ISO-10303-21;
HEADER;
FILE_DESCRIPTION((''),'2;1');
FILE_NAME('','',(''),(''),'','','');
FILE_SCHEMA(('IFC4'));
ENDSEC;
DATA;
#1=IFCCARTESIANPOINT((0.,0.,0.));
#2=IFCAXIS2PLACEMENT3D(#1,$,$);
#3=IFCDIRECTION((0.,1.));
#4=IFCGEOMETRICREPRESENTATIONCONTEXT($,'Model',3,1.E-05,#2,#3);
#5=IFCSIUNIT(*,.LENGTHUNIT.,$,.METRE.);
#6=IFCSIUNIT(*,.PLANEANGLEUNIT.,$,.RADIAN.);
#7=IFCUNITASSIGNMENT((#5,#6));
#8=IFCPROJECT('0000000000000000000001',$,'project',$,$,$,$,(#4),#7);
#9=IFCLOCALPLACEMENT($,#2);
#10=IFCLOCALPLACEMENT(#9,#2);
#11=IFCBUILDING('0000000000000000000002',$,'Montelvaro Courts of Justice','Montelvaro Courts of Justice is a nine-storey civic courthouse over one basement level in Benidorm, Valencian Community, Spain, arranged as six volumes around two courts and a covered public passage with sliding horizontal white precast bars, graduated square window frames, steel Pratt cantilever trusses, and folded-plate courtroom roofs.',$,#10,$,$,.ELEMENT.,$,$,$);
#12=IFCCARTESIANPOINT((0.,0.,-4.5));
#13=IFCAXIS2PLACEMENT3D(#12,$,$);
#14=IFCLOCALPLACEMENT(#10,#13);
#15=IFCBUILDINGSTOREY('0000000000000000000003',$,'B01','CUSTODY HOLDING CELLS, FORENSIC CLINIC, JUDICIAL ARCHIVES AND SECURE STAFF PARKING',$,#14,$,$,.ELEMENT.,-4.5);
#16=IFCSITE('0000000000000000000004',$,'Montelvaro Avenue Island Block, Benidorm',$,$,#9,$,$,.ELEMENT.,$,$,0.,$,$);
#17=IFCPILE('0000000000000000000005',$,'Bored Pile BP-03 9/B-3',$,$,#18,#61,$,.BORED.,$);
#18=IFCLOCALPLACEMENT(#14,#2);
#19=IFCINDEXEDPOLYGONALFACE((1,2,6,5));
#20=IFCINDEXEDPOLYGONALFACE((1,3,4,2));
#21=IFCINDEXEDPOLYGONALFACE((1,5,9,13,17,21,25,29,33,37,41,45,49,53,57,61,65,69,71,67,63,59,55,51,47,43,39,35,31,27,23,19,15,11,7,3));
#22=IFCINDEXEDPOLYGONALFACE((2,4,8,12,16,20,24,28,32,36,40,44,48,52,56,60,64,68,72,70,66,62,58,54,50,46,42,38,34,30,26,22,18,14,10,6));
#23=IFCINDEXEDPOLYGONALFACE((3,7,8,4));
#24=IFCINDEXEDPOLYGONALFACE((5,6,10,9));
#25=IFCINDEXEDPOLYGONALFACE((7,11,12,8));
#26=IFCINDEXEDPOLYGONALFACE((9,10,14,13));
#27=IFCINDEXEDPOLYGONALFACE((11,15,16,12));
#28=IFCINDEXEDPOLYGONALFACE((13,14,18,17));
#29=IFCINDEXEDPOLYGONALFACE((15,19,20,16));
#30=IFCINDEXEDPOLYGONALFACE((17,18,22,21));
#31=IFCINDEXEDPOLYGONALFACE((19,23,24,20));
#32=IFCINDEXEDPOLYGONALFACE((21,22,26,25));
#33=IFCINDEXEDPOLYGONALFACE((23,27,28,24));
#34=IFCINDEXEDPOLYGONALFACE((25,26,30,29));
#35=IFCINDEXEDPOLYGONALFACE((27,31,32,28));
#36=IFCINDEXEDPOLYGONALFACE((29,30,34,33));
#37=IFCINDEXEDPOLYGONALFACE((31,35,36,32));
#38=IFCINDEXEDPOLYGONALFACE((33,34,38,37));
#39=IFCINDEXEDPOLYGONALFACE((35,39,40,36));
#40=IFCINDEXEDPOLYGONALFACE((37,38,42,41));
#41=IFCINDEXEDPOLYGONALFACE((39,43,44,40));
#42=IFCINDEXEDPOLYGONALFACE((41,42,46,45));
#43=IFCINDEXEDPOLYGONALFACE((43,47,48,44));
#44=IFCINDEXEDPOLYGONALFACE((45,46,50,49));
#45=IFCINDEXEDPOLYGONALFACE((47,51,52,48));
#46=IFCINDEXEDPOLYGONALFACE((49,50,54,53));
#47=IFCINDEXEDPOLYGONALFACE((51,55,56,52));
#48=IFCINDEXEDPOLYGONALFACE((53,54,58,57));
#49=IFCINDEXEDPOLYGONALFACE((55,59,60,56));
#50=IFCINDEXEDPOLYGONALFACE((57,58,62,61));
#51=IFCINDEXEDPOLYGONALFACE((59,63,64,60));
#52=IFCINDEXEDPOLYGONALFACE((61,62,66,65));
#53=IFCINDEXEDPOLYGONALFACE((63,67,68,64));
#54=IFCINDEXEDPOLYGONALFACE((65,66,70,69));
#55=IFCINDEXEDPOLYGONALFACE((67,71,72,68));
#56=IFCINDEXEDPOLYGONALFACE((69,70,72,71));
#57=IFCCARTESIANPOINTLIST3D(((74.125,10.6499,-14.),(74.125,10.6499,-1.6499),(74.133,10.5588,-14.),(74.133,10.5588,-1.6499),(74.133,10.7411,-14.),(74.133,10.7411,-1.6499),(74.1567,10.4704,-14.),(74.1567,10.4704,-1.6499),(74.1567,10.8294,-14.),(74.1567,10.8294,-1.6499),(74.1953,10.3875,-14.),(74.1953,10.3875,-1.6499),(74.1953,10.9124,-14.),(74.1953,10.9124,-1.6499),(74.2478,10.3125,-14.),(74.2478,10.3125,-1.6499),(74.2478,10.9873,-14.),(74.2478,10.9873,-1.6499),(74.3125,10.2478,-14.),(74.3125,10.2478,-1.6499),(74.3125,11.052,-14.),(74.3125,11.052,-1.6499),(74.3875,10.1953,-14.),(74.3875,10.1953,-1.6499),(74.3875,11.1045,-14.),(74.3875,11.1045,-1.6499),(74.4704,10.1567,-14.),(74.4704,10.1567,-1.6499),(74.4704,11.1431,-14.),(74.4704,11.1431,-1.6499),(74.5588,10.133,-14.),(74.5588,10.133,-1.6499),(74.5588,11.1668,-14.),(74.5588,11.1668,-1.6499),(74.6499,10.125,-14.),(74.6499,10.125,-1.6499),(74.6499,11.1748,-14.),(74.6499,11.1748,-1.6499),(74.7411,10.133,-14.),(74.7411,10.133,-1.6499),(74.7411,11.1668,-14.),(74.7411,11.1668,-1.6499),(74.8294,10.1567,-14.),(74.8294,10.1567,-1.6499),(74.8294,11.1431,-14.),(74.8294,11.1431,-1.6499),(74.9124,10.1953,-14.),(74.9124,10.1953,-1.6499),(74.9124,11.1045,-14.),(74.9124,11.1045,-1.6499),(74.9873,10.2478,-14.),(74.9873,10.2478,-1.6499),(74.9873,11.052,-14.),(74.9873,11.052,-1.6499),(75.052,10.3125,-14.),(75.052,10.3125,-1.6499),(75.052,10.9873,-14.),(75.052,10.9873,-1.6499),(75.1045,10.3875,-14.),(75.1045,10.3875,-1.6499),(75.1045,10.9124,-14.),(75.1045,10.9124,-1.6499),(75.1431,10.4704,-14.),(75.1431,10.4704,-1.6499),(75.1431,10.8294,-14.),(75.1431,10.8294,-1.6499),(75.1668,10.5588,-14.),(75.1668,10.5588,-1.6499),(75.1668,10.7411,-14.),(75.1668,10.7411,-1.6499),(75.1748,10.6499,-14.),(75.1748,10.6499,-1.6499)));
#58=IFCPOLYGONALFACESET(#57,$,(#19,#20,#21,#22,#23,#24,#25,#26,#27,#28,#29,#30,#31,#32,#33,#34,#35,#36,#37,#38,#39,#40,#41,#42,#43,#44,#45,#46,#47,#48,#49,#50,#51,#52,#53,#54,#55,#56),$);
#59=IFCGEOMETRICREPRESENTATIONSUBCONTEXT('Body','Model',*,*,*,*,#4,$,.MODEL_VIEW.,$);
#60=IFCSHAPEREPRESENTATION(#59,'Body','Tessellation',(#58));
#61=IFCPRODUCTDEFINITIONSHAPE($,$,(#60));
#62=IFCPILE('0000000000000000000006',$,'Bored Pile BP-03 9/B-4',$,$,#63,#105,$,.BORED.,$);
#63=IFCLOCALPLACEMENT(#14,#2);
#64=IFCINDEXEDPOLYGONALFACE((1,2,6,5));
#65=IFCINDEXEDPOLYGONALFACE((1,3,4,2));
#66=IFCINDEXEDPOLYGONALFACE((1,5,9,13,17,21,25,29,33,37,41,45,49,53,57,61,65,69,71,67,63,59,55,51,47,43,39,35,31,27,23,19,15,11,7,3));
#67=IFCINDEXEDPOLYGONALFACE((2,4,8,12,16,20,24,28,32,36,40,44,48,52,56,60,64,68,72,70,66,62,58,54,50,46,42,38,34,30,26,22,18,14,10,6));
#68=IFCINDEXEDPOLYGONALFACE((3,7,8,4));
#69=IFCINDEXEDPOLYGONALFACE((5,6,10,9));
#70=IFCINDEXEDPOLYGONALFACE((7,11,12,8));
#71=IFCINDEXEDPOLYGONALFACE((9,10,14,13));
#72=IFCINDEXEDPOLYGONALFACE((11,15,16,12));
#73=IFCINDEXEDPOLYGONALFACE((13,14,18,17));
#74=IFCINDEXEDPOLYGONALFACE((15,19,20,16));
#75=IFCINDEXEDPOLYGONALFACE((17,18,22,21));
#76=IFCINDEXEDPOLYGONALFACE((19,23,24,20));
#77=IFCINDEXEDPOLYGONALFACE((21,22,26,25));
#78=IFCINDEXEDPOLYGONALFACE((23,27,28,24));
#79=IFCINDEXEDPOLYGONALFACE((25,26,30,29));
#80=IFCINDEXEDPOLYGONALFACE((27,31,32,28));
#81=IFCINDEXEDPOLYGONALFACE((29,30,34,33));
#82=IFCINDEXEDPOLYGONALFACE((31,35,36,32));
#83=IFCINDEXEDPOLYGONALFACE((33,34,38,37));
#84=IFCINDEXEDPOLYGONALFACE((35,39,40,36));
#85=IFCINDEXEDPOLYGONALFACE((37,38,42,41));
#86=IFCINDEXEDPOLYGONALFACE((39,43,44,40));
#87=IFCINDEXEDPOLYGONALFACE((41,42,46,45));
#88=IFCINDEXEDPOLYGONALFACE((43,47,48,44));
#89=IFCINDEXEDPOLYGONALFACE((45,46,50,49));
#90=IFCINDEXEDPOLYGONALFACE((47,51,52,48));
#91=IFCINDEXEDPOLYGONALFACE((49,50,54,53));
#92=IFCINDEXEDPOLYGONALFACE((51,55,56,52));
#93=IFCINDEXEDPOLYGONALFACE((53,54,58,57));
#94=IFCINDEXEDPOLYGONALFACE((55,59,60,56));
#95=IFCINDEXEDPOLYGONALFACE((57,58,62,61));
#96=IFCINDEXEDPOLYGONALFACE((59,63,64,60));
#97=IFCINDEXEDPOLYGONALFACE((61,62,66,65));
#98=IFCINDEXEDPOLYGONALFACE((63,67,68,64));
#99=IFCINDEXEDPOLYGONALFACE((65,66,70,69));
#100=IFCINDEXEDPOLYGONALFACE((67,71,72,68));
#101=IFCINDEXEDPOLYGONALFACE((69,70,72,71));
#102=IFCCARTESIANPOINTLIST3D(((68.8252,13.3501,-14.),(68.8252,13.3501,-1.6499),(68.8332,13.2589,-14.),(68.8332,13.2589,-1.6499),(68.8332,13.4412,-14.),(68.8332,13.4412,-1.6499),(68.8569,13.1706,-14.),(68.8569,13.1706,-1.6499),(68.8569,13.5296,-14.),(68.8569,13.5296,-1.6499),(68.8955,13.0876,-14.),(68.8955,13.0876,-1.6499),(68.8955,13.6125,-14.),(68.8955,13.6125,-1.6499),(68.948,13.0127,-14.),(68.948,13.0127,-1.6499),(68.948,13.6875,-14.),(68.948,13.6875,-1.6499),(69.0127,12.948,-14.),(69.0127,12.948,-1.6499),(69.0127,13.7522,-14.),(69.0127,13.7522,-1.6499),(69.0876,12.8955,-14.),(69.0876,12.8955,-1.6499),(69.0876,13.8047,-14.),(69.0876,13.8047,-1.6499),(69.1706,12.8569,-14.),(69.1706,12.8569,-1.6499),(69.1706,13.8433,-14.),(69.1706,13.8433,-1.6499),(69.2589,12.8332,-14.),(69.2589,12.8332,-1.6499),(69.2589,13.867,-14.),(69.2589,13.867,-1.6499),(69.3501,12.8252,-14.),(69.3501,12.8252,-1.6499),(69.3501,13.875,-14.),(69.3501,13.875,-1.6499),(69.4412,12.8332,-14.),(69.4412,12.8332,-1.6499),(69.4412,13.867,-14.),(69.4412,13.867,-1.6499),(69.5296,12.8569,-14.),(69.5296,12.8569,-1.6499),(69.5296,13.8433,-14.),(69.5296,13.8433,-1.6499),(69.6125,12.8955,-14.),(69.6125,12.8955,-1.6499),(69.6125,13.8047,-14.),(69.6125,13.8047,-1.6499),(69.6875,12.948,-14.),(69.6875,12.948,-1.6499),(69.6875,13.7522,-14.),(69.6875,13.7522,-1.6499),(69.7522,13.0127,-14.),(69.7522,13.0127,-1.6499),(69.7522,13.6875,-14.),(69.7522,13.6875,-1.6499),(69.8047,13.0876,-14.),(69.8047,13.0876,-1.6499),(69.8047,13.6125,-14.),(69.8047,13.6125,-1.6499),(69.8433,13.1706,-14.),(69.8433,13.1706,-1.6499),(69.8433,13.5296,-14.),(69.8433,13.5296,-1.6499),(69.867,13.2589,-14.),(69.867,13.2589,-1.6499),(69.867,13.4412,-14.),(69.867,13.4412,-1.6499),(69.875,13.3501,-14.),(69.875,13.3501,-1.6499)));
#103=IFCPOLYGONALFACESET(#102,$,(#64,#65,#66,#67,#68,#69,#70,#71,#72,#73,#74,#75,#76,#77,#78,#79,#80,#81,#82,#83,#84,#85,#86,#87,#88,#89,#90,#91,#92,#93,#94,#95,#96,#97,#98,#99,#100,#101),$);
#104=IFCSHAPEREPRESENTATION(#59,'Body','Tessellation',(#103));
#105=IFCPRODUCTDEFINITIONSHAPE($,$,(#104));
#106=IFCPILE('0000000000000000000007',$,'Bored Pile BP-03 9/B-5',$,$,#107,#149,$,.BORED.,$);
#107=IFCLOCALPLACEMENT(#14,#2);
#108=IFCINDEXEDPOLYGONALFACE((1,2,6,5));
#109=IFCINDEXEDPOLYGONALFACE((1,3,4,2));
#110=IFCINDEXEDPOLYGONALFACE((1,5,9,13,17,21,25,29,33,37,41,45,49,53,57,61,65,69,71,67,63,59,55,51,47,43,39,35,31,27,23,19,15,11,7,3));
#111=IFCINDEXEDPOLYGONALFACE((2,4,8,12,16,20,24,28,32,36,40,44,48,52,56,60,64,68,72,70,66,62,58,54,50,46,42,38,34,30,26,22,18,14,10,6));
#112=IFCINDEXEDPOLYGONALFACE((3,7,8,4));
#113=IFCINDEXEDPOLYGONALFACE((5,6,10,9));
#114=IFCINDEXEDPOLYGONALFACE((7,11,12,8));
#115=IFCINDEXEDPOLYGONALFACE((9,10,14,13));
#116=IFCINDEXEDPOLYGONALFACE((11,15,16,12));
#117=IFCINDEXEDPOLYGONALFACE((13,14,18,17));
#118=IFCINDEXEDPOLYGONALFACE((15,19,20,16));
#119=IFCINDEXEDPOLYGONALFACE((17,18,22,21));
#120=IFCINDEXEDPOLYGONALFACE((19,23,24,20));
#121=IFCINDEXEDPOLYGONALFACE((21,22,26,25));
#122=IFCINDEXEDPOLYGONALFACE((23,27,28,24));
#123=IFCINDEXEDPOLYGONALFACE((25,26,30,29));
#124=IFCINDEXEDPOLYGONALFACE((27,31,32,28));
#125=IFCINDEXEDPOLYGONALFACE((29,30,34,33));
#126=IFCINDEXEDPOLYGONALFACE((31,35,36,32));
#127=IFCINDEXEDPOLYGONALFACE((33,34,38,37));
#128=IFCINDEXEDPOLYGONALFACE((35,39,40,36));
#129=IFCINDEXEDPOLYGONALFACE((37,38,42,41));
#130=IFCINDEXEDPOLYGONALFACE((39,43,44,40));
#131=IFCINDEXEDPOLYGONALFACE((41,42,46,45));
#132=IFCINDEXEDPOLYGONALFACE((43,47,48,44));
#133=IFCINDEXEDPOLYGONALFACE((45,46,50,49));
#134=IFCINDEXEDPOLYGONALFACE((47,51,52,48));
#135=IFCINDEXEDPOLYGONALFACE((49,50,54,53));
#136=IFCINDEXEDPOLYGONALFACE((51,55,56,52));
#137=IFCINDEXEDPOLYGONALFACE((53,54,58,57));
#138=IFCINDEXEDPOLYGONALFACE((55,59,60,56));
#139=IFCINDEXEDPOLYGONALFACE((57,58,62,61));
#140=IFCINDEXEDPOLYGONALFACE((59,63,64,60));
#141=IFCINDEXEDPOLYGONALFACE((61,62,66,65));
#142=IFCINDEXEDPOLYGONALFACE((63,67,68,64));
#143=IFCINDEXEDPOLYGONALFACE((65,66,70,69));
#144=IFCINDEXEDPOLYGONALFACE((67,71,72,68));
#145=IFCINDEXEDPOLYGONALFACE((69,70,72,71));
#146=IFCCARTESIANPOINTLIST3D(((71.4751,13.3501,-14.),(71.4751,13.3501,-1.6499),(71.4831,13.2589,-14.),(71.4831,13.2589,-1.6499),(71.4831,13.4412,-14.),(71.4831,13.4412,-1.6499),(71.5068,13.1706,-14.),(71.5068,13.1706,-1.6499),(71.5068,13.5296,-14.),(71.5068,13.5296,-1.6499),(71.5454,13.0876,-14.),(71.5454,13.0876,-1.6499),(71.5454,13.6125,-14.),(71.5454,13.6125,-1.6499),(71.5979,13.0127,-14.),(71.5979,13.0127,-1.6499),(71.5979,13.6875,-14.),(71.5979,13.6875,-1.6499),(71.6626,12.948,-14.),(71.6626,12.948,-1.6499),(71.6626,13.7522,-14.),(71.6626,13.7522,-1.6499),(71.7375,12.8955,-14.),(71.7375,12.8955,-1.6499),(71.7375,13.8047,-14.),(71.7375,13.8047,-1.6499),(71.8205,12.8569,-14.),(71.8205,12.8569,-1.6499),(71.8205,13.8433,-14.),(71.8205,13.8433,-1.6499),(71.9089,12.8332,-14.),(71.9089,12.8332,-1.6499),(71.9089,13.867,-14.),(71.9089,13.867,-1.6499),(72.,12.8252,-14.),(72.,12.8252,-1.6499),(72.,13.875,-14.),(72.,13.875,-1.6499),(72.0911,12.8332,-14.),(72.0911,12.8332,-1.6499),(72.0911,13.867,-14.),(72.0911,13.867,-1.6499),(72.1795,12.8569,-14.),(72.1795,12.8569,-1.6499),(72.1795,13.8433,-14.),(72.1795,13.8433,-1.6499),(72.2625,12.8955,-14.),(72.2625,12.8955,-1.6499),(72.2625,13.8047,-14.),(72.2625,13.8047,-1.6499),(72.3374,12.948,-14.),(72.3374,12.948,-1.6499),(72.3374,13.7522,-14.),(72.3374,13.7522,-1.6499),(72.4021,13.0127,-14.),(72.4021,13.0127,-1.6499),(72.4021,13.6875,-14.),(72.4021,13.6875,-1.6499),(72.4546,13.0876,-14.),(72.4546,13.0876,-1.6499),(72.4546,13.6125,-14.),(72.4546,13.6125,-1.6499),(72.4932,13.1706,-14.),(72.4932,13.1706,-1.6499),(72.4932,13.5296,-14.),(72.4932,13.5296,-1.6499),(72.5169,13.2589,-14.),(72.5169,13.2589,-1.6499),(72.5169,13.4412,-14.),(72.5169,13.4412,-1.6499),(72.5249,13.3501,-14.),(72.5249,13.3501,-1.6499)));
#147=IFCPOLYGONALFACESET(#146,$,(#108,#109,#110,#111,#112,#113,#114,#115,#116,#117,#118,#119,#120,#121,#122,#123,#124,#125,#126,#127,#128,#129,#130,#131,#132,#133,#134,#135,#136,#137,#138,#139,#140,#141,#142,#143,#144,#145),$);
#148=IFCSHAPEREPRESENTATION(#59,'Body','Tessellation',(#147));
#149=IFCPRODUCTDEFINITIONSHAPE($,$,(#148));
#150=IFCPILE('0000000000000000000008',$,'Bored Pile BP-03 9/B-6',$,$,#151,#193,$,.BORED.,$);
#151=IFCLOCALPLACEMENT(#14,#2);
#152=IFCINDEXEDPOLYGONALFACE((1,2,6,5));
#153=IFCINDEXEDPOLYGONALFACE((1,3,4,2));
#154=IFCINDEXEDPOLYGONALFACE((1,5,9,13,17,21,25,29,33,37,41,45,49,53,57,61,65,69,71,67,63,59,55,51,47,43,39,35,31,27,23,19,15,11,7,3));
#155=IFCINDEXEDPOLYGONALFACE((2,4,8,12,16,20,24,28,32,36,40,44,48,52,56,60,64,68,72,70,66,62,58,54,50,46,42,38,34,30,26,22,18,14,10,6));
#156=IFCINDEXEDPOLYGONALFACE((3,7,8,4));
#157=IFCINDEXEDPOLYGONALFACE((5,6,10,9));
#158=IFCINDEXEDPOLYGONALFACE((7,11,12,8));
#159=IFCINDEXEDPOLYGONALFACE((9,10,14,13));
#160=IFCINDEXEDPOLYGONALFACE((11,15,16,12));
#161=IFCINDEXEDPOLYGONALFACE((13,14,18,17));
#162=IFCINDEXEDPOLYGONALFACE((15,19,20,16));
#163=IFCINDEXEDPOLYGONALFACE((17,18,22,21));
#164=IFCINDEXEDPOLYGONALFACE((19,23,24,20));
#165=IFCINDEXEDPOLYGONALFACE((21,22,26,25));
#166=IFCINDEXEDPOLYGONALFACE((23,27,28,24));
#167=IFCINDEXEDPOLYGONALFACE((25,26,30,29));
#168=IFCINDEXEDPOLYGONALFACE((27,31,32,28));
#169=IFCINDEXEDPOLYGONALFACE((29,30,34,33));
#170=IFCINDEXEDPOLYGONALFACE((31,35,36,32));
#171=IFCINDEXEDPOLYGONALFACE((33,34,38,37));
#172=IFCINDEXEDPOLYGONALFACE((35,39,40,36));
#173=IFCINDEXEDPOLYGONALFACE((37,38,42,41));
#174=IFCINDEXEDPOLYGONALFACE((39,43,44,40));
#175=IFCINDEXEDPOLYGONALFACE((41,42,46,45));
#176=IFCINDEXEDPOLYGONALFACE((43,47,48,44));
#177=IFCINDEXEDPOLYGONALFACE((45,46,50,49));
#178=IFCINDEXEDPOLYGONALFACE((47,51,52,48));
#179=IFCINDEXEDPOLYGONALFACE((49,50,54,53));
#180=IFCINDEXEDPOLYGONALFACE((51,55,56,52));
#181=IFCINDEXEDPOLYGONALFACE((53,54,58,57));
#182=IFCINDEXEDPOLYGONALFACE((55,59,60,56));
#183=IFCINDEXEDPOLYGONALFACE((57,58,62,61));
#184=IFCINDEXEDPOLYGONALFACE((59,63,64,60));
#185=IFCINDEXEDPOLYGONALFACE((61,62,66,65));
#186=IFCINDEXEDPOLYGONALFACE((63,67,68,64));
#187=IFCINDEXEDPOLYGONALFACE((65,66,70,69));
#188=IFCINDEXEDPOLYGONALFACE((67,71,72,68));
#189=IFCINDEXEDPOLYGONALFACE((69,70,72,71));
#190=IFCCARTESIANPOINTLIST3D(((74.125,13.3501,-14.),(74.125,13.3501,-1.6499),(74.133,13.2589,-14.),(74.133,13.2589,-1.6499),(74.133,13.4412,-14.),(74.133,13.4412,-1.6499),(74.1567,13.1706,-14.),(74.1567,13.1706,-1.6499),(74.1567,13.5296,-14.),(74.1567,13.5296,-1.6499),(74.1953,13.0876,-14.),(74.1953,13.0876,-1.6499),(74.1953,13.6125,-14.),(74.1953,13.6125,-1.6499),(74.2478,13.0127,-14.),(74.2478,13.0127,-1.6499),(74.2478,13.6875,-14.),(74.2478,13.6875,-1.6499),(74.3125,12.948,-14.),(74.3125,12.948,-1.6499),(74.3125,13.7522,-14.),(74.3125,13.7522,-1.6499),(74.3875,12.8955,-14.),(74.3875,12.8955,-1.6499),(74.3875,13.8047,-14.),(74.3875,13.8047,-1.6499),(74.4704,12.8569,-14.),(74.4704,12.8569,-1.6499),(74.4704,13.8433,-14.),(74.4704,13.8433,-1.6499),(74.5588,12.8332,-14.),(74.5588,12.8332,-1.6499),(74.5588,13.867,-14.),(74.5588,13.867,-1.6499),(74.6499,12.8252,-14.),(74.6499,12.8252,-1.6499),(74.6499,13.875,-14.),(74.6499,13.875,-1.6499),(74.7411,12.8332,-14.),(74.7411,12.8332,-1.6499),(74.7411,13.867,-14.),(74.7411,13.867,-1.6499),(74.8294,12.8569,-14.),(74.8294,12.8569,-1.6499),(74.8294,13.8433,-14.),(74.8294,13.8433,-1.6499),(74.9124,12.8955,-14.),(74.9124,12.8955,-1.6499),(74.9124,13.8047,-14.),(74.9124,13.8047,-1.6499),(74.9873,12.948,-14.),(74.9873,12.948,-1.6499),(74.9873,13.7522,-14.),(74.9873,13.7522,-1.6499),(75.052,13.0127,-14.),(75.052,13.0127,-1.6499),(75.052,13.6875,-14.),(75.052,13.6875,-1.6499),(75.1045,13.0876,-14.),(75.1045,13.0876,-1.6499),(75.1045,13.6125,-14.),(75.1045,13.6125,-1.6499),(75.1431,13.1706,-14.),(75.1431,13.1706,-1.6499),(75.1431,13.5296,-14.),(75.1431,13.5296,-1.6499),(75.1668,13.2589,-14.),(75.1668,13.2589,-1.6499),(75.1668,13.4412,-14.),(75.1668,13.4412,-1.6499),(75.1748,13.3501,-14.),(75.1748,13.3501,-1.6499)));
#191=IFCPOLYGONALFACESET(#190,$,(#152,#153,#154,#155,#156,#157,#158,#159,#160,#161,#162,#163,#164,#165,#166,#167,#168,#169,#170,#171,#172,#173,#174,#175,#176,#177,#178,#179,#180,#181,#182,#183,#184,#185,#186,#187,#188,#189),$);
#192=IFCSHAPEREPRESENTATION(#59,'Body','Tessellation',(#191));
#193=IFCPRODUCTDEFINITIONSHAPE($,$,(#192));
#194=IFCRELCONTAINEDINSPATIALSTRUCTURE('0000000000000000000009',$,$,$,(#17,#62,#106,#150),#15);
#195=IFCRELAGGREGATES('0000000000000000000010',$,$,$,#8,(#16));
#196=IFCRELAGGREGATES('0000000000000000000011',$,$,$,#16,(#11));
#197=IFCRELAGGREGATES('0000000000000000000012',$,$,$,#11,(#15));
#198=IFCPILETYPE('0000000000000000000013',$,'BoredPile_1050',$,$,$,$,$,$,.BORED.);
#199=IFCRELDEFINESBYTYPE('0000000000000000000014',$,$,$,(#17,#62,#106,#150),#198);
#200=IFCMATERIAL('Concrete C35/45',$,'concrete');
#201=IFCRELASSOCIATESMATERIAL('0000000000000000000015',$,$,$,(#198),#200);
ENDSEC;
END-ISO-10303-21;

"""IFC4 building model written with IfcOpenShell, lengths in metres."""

from ifc_helpers import new_model, si_unit, direction, frame, origin, origin_2d, place, context, subcontext, project, spatial, circle, extrude, material, material_profile, profile_set, type_object, element, save


model = new_model("IFC4")

# Units and contexts
model_context = context("Model", 3, precision=1e-05, world=origin(), true_north=direction((0.0, 1.0)))
body_context = subcontext(model_context, "Body", "Model", "MODEL_VIEW")
ifc_project = project(units=[si_unit("LENGTHUNIT", "METRE"), si_unit("PLANEANGLEUNIT", "RADIAN")], contexts=[model_context])

# Site, building, storey
site_placement = place(None, origin())
site = spatial("IfcSite", under=ifc_project, at=site_placement, Name="Montelvaro Avenue Island Block, Benidorm", CompositionType="ELEMENT", RefElevation=0.0)
building_placement = place(site_placement, origin())
building = spatial("IfcBuilding", under=site, at=building_placement, Name="Montelvaro Courts of Justice", Description="Montelvaro Courts of Justice is a nine-storey civic courthouse over one basement level in Benidorm, Valencian Community, Spain, arranged as six volumes around two courts and a covered public passage with sliding horizontal white precast bars, graduated square window frames, steel Pratt cantilever trusses, and folded-plate courtroom roofs.", CompositionType="ELEMENT")
storey_placement = place(building_placement, frame((0.0, 0.0, -4.5)))
storey = spatial("IfcBuildingStorey", under=building, at=storey_placement, Name="B01", Description="CUSTODY HOLDING CELLS, FORENSIC CLINIC, JUDICIAL ARCHIVES AND SECURE STAFF PARKING", CompositionType="ELEMENT", Elevation=-4.5)

# Piles
ifc_material_1 = material(Name="Concrete C35/45", Category="concrete")
ifc_material_profile_1 = material_profile(ifc_material_1, circle(Radius=0.5249, at=origin_2d()), Name="BORED PILE D1050")
ifc_profile_set_1 = profile_set([ifc_material_profile_1], Name="Concrete C35/45")
pile_type_1 = type_object("IfcPileType", Name="BoredPile_1050", PredefinedType="BORED", material=ifc_profile_set_1)
for number, where, z_axis, x_axis, name in (
    (1, (74.6499, 10.6499, -1.6499), (0.0, 0.0, -1.0), (1.0, 0.0, 0.0), "Bored Pile BP-03 9/B-3"),
    (2, (69.3501, 13.3501, -1.6499), (0.0, 0.0, -1.0), (1.0, 0.0, 0.0), "Bored Pile BP-03 9/B-4"),
    (3, (72.0, 13.3501, -1.6499), (0.0, 0.0, -1.0), (1.0, 0.0, 0.0), "Bored Pile BP-03 9/B-5"),
    (4, (74.6499, 13.3501, -1.6499), (0.0, 0.0, -1.0), (1.0, 0.0, 0.0), "Bored Pile BP-03 9/B-6"),
):
    element("IfcPile", number, at=place(storey_placement, frame(where, z_axis=z_axis, x_axis=x_axis)), inside=storey, type_object=pile_type_1, Name=name, PredefinedType="BORED", context=body_context, shape_type="SweptSolid", body=[
        extrude(circle(Radius=0.5249, at=origin_2d()), origin(), (0.0, 0.0, 1.0), 12.3501),
    ])

save(model, "model.ifc")
